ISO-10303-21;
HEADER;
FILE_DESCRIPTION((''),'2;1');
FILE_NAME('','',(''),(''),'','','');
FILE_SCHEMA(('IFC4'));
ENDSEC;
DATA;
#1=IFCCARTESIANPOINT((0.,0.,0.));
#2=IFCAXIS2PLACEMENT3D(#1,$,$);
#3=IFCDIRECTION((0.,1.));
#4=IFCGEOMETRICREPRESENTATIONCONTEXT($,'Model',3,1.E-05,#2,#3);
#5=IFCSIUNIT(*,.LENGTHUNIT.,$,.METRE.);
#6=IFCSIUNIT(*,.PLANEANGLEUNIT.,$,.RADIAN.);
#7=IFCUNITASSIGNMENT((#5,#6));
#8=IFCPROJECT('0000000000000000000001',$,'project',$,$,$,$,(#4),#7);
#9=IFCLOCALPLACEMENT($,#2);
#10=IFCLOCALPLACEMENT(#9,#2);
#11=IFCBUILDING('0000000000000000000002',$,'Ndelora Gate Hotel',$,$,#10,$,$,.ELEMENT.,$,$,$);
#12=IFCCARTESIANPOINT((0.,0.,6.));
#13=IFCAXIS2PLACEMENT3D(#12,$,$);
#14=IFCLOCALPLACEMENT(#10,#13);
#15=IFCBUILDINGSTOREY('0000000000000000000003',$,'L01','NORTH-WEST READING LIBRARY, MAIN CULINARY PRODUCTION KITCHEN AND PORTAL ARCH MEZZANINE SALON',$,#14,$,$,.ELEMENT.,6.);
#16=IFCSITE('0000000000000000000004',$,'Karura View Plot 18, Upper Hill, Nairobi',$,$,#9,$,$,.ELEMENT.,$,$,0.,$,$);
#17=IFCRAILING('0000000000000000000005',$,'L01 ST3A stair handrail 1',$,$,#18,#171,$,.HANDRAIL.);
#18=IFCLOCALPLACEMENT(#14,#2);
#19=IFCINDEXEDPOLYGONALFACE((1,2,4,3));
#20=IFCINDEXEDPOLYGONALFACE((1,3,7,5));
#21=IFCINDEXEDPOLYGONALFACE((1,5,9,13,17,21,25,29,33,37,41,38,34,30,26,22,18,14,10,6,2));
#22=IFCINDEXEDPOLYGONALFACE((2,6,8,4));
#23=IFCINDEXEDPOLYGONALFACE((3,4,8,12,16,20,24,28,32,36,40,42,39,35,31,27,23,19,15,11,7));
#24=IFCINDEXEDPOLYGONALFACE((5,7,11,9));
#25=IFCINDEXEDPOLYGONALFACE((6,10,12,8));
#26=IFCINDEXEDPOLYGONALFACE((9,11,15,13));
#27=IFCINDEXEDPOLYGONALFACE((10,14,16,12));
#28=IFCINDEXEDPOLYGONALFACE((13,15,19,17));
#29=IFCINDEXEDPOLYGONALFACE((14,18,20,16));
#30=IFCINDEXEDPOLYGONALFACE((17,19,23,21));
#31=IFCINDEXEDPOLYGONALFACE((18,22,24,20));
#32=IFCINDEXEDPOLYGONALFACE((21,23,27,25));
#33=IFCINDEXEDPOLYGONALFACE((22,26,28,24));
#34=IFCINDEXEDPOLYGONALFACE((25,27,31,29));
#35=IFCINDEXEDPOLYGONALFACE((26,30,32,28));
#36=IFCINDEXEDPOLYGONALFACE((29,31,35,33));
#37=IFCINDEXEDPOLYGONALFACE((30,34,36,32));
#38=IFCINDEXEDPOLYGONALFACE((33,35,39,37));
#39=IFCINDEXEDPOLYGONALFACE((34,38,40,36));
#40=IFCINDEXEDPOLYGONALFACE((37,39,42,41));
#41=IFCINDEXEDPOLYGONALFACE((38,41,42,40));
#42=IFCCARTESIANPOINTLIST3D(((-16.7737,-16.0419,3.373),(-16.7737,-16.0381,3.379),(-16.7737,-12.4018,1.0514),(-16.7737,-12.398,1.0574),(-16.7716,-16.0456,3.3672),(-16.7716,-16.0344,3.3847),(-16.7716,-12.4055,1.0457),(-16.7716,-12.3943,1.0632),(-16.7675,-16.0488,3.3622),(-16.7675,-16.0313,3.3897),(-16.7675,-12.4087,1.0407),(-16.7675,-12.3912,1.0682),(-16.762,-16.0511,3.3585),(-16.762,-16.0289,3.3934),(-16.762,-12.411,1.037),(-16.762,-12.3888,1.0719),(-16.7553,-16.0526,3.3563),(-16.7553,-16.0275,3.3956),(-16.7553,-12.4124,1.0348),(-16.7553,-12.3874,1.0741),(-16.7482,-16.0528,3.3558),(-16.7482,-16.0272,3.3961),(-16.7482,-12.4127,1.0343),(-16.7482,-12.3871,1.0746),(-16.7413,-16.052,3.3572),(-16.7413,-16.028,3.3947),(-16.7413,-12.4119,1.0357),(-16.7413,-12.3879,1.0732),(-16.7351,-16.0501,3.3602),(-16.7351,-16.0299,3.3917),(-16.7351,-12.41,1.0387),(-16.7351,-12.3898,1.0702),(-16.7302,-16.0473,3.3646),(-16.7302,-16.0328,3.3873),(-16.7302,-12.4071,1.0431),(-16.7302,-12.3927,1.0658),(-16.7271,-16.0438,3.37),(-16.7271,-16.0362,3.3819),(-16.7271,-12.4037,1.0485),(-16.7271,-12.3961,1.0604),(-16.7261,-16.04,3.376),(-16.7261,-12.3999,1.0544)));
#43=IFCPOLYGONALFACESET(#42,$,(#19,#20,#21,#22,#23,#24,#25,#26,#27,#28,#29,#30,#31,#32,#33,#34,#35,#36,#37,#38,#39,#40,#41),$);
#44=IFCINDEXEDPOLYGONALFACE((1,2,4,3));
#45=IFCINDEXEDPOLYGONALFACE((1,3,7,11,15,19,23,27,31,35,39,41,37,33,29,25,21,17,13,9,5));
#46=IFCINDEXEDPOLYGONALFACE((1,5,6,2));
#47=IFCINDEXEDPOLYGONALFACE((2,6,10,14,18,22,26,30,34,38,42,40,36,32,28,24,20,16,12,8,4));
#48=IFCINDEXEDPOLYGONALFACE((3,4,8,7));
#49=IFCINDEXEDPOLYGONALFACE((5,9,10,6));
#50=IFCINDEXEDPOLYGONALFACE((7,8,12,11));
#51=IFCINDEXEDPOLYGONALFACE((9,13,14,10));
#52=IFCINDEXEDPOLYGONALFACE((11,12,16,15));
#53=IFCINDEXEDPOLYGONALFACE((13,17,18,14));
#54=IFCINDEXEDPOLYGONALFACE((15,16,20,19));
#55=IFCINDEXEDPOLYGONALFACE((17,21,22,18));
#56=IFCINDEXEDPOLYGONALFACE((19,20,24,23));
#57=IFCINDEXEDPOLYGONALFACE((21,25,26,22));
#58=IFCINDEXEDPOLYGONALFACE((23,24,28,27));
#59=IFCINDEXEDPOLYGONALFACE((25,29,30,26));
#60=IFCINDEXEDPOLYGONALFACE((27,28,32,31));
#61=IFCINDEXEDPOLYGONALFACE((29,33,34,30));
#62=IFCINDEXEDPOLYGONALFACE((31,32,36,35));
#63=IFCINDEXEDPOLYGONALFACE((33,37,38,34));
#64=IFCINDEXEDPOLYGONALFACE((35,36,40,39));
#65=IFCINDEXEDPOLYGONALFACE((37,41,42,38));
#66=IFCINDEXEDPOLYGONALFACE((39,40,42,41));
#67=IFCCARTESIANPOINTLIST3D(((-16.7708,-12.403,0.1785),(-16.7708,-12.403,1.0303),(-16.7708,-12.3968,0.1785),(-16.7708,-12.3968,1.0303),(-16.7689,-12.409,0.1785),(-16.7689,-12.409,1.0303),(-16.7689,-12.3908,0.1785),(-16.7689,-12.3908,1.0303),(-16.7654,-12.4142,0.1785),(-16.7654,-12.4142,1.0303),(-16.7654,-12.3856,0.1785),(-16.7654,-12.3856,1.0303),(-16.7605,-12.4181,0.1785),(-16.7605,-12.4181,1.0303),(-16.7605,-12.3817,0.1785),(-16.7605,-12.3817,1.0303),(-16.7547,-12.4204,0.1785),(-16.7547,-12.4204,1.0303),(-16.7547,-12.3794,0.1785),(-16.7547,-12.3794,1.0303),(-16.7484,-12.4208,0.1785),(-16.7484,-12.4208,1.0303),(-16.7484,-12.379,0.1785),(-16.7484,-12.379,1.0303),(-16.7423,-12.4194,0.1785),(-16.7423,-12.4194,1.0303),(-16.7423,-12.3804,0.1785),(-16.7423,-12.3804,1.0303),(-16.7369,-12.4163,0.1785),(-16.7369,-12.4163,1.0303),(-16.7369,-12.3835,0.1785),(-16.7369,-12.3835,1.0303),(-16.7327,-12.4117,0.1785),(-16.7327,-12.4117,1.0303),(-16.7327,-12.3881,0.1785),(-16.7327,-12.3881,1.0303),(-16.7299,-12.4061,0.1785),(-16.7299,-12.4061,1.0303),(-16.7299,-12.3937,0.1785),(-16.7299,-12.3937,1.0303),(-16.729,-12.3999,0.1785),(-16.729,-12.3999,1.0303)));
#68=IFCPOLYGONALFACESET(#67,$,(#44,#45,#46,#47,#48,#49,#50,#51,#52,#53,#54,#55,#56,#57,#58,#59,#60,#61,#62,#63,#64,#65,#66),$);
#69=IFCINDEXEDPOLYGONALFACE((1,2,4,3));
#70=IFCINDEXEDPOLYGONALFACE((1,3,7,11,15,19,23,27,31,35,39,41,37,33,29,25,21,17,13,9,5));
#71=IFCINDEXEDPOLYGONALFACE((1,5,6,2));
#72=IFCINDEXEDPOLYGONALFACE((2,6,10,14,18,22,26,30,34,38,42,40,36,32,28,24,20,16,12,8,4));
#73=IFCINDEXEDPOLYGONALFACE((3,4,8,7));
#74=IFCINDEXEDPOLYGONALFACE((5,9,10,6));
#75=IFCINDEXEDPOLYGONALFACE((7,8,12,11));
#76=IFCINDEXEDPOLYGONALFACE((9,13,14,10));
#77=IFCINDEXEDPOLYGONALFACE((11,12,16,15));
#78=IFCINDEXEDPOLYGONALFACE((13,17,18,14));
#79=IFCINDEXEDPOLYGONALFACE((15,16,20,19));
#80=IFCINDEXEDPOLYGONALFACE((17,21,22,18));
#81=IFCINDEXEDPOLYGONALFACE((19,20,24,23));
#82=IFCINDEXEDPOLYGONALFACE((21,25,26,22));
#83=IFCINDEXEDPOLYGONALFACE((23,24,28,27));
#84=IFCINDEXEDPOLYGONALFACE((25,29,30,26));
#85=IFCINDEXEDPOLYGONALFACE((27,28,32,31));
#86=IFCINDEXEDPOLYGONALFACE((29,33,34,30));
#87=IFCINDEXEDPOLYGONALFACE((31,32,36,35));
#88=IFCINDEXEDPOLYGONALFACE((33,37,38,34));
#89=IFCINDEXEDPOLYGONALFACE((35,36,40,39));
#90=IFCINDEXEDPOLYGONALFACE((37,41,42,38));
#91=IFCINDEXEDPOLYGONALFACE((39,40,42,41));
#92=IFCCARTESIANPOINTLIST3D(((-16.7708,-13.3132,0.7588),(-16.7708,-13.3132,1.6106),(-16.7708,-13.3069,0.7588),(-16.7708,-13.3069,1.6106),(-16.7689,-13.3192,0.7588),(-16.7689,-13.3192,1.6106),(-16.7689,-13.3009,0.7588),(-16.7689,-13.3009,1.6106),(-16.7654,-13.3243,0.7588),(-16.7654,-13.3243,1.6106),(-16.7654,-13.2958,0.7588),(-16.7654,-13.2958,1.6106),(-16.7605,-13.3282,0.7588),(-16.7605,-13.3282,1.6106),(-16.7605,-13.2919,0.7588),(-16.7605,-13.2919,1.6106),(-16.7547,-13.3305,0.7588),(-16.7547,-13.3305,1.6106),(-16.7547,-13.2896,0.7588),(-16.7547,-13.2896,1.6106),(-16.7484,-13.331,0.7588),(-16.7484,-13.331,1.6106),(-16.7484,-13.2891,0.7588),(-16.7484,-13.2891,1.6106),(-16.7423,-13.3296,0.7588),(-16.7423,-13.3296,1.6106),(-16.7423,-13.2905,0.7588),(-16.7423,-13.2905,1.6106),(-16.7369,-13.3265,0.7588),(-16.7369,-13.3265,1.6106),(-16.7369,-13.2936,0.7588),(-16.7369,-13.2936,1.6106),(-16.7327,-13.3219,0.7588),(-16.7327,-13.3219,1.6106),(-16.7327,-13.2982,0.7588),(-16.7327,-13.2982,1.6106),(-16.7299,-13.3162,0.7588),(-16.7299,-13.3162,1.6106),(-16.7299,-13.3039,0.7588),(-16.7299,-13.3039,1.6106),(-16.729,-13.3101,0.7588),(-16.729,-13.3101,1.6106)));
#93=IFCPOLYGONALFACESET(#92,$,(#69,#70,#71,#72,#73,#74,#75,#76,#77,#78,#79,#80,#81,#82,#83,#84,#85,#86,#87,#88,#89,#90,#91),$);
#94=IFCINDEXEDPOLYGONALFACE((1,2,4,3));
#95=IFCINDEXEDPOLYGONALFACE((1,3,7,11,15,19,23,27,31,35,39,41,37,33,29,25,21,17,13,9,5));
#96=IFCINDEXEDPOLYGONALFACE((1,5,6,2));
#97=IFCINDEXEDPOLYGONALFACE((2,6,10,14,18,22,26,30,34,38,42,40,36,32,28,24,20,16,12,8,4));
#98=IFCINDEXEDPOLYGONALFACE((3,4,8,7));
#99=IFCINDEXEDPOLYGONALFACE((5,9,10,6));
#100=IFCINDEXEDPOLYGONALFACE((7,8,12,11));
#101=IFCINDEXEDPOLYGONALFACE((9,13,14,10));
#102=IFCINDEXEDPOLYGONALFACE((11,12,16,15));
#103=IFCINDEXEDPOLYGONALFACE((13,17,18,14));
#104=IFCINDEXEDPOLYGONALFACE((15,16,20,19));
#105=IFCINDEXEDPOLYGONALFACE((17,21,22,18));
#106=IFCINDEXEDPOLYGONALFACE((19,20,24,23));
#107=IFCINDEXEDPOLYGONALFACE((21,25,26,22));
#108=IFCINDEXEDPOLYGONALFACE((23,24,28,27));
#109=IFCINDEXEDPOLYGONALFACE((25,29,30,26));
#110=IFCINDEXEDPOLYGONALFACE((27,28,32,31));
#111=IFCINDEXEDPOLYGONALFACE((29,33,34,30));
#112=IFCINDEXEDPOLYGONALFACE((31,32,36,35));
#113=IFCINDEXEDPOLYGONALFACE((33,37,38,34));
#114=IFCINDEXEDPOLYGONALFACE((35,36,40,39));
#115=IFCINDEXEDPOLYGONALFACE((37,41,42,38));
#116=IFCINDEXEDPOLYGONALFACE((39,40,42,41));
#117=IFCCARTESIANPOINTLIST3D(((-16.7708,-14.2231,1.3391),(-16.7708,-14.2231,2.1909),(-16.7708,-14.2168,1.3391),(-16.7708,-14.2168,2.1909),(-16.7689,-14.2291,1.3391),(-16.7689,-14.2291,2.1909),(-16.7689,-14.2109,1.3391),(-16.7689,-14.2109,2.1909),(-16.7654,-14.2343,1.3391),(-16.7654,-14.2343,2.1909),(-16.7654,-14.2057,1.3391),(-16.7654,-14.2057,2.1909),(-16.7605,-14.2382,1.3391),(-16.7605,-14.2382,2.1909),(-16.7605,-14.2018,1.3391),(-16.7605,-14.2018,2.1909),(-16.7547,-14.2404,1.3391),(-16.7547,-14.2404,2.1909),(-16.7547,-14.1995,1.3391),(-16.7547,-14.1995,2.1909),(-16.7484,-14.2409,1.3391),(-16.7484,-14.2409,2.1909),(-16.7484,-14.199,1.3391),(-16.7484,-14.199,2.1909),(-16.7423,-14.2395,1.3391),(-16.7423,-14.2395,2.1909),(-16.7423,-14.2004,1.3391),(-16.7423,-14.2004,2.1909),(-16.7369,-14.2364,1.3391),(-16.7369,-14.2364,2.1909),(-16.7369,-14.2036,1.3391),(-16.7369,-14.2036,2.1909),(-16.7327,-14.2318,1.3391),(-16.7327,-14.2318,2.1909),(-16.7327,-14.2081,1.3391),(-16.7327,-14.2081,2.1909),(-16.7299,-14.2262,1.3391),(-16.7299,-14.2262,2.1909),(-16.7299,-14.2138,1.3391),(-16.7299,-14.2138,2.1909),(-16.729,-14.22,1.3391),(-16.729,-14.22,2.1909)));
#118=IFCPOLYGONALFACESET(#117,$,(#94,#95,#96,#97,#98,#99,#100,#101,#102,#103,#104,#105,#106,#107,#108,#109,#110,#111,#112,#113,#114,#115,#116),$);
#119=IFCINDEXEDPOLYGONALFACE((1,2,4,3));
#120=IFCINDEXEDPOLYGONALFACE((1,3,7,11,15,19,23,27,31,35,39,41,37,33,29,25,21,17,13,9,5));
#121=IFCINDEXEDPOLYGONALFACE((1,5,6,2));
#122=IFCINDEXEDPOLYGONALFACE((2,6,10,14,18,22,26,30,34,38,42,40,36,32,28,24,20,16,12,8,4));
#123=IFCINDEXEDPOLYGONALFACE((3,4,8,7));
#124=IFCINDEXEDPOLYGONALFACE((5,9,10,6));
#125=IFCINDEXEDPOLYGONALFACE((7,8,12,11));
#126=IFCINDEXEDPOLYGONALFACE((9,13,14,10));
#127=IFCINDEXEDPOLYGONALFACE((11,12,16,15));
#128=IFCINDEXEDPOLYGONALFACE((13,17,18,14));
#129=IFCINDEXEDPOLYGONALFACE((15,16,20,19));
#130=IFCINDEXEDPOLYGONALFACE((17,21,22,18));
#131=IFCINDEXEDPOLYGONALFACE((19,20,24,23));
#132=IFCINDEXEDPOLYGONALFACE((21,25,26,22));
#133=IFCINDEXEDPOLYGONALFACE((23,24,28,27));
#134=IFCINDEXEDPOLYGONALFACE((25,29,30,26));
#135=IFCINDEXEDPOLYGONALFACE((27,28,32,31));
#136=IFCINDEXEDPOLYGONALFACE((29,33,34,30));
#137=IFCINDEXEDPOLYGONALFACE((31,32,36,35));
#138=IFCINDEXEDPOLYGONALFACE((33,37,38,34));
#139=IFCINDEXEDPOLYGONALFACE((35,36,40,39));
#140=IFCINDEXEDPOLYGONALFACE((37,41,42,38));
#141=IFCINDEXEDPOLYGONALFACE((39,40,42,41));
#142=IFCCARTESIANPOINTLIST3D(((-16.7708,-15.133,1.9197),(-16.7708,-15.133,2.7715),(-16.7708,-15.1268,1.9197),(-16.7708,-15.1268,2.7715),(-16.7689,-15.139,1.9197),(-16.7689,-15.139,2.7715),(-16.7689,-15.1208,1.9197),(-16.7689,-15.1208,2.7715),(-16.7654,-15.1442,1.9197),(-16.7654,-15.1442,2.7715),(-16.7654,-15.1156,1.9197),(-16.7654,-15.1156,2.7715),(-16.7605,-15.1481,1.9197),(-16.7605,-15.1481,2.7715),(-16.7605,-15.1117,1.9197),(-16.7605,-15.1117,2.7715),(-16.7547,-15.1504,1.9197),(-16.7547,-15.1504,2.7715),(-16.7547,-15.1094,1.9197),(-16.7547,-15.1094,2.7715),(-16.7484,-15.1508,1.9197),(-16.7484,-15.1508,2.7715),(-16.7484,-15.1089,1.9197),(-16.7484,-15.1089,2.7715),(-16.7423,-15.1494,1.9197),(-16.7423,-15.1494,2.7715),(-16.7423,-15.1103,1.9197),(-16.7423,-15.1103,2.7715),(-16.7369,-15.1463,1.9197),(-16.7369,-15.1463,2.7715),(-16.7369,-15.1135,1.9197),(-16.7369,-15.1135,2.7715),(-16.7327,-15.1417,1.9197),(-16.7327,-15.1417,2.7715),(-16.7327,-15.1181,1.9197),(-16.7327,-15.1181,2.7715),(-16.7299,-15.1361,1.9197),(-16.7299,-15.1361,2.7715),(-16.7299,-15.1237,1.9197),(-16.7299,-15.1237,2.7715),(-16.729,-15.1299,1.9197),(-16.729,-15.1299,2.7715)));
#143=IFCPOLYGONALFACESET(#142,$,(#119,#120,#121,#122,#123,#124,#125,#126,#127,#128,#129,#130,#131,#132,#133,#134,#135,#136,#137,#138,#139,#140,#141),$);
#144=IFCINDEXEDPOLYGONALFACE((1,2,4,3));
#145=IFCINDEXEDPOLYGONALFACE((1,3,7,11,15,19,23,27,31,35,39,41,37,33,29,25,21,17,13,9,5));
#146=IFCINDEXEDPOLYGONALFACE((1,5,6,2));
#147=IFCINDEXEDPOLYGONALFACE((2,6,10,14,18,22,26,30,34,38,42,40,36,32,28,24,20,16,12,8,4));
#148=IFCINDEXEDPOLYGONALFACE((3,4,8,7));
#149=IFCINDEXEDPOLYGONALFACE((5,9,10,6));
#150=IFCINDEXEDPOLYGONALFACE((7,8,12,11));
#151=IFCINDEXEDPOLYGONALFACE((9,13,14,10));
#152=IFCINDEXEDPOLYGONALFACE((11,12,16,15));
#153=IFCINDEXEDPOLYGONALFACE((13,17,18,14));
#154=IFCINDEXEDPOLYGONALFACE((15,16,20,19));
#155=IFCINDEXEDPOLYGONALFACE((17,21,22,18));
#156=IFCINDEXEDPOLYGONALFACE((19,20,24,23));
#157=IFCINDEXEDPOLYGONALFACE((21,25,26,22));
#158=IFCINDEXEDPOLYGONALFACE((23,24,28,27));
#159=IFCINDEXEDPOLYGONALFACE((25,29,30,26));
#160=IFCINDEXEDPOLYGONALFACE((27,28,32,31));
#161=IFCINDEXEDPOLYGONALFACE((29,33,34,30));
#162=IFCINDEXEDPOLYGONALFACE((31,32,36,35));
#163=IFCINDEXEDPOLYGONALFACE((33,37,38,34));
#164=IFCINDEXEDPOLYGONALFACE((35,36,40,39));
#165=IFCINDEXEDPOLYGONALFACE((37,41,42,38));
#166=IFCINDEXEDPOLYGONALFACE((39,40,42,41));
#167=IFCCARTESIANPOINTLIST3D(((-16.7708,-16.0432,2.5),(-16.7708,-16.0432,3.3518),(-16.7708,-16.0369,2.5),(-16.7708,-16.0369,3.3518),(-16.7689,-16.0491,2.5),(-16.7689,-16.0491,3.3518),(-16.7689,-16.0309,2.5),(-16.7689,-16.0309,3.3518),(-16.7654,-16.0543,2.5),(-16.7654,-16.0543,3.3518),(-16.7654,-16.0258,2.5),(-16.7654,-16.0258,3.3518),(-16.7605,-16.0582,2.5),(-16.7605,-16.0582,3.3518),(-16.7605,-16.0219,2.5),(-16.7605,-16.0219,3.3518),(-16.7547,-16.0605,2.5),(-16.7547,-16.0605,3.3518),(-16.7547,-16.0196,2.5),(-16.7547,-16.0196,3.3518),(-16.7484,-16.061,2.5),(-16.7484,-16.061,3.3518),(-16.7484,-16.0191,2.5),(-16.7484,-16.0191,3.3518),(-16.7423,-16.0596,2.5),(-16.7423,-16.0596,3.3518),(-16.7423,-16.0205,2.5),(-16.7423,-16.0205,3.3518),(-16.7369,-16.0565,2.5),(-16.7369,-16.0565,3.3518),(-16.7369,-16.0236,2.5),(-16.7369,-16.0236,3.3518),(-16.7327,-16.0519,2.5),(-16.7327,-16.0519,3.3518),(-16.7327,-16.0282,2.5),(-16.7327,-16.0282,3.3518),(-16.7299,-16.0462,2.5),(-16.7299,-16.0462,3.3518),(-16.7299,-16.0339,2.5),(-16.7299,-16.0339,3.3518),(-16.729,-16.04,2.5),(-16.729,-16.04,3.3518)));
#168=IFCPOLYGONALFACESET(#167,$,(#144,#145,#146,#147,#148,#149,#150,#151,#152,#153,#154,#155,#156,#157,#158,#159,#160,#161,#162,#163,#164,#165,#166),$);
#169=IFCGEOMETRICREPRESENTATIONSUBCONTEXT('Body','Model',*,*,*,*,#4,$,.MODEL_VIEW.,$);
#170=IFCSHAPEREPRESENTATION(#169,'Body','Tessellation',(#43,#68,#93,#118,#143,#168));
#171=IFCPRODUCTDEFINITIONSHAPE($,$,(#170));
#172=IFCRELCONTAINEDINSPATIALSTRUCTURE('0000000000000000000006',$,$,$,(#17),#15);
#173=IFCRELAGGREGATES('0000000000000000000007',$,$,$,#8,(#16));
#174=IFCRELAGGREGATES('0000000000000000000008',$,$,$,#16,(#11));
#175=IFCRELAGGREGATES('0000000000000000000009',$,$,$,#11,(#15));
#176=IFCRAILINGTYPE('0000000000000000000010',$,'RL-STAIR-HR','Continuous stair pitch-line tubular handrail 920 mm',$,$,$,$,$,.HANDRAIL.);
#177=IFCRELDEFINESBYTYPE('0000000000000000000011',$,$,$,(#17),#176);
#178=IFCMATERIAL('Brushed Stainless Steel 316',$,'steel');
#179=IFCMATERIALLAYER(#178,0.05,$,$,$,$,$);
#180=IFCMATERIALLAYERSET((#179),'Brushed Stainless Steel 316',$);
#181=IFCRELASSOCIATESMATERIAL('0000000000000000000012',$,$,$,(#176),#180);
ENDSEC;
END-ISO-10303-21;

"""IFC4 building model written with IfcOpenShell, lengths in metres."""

from ifc_helpers import new_model, si_unit, direction, frame, origin, origin_2d, place, context, subcontext, project, spatial, circle, extrude, material, layer, layer_set, type_object, element, save


model = new_model("IFC4")

# Units and contexts
model_context = context("Model", 3, precision=1e-05, world=origin(), true_north=direction((0.0, 1.0)))
body_context = subcontext(model_context, "Body", "Model", "MODEL_VIEW")
ifc_project = project(units=[si_unit("LENGTHUNIT", "METRE"), si_unit("PLANEANGLEUNIT", "RADIAN")], contexts=[model_context])

# Site, building, storey
site_placement = place(None, origin())
site = spatial("IfcSite", under=ifc_project, at=site_placement, Name="Karura View Plot 18, Upper Hill, Nairobi", CompositionType="ELEMENT", RefElevation=0.0)
building_placement = place(site_placement, origin())
building = spatial("IfcBuilding", under=site, at=building_placement, Name="Ndelora Gate Hotel", CompositionType="ELEMENT")
storey_placement = place(building_placement, frame((0.0, 0.0, 6.0)))
storey = spatial("IfcBuildingStorey", under=building, at=storey_placement, Name="L01", Description="NORTH-WEST READING LIBRARY, MAIN CULINARY PRODUCTION KITCHEN AND PORTAL ARCH MEZZANINE SALON", CompositionType="ELEMENT", Elevation=6.0)

# Railing
ifc_material_1 = material(Name="Brushed Stainless Steel 316", Category="steel")
ifc_layer_1 = layer(ifc_material_1, 0.05)
ifc_layer_set_1 = layer_set([ifc_layer_1], Name="Brushed Stainless Steel 316")
railing_type_1 = type_object("IfcRailingType", Name="RL-STAIR-HR", Description="Continuous stair pitch-line tubular handrail 920 mm", PredefinedType="HANDRAIL", material=ifc_layer_set_1)
railing_1_placement = place(storey_placement, frame((-16.75, -12.3999, 0.1785)))
element("IfcRailing", 1, at=railing_1_placement, inside=storey, type_object=railing_type_1, Name="L01 ST3A stair handrail 1", PredefinedType="HANDRAIL", context=body_context, shape_type="SweptSolid", body=[
    extrude(circle(Radius=0.0239, at=origin_2d()), frame((0.0, 0.0, 0.876), z_axis=(0.0, -0.843128, 0.537713), x_axis=(1.0, 0.0, 0.0)), (0.0, 0.0, 1.0), 4.3174),
    extrude(circle(Radius=0.021, at=origin_2d()), origin(), (0.0, 0.0, 1.0), 0.8518),
    extrude(circle(Radius=0.021, at=origin_2d()), frame((0.0, -0.9102, 0.5803)), (0.0, 0.0, 1.0), 0.8518),
    extrude(circle(Radius=0.021, at=origin_2d()), frame((0.0, -1.8201, 1.1606)), (0.0, 0.0, 1.0), 0.8518),
    extrude(circle(Radius=0.021, at=origin_2d()), frame((0.0, -2.73, 1.7412)), (0.0, 0.0, 1.0), 0.8518),
    extrude(circle(Radius=0.021, at=origin_2d()), frame((0.0, -3.6401, 2.3215)), (0.0, 0.0, 1.0), 0.8518),
])

save(model, "model.ifc")
